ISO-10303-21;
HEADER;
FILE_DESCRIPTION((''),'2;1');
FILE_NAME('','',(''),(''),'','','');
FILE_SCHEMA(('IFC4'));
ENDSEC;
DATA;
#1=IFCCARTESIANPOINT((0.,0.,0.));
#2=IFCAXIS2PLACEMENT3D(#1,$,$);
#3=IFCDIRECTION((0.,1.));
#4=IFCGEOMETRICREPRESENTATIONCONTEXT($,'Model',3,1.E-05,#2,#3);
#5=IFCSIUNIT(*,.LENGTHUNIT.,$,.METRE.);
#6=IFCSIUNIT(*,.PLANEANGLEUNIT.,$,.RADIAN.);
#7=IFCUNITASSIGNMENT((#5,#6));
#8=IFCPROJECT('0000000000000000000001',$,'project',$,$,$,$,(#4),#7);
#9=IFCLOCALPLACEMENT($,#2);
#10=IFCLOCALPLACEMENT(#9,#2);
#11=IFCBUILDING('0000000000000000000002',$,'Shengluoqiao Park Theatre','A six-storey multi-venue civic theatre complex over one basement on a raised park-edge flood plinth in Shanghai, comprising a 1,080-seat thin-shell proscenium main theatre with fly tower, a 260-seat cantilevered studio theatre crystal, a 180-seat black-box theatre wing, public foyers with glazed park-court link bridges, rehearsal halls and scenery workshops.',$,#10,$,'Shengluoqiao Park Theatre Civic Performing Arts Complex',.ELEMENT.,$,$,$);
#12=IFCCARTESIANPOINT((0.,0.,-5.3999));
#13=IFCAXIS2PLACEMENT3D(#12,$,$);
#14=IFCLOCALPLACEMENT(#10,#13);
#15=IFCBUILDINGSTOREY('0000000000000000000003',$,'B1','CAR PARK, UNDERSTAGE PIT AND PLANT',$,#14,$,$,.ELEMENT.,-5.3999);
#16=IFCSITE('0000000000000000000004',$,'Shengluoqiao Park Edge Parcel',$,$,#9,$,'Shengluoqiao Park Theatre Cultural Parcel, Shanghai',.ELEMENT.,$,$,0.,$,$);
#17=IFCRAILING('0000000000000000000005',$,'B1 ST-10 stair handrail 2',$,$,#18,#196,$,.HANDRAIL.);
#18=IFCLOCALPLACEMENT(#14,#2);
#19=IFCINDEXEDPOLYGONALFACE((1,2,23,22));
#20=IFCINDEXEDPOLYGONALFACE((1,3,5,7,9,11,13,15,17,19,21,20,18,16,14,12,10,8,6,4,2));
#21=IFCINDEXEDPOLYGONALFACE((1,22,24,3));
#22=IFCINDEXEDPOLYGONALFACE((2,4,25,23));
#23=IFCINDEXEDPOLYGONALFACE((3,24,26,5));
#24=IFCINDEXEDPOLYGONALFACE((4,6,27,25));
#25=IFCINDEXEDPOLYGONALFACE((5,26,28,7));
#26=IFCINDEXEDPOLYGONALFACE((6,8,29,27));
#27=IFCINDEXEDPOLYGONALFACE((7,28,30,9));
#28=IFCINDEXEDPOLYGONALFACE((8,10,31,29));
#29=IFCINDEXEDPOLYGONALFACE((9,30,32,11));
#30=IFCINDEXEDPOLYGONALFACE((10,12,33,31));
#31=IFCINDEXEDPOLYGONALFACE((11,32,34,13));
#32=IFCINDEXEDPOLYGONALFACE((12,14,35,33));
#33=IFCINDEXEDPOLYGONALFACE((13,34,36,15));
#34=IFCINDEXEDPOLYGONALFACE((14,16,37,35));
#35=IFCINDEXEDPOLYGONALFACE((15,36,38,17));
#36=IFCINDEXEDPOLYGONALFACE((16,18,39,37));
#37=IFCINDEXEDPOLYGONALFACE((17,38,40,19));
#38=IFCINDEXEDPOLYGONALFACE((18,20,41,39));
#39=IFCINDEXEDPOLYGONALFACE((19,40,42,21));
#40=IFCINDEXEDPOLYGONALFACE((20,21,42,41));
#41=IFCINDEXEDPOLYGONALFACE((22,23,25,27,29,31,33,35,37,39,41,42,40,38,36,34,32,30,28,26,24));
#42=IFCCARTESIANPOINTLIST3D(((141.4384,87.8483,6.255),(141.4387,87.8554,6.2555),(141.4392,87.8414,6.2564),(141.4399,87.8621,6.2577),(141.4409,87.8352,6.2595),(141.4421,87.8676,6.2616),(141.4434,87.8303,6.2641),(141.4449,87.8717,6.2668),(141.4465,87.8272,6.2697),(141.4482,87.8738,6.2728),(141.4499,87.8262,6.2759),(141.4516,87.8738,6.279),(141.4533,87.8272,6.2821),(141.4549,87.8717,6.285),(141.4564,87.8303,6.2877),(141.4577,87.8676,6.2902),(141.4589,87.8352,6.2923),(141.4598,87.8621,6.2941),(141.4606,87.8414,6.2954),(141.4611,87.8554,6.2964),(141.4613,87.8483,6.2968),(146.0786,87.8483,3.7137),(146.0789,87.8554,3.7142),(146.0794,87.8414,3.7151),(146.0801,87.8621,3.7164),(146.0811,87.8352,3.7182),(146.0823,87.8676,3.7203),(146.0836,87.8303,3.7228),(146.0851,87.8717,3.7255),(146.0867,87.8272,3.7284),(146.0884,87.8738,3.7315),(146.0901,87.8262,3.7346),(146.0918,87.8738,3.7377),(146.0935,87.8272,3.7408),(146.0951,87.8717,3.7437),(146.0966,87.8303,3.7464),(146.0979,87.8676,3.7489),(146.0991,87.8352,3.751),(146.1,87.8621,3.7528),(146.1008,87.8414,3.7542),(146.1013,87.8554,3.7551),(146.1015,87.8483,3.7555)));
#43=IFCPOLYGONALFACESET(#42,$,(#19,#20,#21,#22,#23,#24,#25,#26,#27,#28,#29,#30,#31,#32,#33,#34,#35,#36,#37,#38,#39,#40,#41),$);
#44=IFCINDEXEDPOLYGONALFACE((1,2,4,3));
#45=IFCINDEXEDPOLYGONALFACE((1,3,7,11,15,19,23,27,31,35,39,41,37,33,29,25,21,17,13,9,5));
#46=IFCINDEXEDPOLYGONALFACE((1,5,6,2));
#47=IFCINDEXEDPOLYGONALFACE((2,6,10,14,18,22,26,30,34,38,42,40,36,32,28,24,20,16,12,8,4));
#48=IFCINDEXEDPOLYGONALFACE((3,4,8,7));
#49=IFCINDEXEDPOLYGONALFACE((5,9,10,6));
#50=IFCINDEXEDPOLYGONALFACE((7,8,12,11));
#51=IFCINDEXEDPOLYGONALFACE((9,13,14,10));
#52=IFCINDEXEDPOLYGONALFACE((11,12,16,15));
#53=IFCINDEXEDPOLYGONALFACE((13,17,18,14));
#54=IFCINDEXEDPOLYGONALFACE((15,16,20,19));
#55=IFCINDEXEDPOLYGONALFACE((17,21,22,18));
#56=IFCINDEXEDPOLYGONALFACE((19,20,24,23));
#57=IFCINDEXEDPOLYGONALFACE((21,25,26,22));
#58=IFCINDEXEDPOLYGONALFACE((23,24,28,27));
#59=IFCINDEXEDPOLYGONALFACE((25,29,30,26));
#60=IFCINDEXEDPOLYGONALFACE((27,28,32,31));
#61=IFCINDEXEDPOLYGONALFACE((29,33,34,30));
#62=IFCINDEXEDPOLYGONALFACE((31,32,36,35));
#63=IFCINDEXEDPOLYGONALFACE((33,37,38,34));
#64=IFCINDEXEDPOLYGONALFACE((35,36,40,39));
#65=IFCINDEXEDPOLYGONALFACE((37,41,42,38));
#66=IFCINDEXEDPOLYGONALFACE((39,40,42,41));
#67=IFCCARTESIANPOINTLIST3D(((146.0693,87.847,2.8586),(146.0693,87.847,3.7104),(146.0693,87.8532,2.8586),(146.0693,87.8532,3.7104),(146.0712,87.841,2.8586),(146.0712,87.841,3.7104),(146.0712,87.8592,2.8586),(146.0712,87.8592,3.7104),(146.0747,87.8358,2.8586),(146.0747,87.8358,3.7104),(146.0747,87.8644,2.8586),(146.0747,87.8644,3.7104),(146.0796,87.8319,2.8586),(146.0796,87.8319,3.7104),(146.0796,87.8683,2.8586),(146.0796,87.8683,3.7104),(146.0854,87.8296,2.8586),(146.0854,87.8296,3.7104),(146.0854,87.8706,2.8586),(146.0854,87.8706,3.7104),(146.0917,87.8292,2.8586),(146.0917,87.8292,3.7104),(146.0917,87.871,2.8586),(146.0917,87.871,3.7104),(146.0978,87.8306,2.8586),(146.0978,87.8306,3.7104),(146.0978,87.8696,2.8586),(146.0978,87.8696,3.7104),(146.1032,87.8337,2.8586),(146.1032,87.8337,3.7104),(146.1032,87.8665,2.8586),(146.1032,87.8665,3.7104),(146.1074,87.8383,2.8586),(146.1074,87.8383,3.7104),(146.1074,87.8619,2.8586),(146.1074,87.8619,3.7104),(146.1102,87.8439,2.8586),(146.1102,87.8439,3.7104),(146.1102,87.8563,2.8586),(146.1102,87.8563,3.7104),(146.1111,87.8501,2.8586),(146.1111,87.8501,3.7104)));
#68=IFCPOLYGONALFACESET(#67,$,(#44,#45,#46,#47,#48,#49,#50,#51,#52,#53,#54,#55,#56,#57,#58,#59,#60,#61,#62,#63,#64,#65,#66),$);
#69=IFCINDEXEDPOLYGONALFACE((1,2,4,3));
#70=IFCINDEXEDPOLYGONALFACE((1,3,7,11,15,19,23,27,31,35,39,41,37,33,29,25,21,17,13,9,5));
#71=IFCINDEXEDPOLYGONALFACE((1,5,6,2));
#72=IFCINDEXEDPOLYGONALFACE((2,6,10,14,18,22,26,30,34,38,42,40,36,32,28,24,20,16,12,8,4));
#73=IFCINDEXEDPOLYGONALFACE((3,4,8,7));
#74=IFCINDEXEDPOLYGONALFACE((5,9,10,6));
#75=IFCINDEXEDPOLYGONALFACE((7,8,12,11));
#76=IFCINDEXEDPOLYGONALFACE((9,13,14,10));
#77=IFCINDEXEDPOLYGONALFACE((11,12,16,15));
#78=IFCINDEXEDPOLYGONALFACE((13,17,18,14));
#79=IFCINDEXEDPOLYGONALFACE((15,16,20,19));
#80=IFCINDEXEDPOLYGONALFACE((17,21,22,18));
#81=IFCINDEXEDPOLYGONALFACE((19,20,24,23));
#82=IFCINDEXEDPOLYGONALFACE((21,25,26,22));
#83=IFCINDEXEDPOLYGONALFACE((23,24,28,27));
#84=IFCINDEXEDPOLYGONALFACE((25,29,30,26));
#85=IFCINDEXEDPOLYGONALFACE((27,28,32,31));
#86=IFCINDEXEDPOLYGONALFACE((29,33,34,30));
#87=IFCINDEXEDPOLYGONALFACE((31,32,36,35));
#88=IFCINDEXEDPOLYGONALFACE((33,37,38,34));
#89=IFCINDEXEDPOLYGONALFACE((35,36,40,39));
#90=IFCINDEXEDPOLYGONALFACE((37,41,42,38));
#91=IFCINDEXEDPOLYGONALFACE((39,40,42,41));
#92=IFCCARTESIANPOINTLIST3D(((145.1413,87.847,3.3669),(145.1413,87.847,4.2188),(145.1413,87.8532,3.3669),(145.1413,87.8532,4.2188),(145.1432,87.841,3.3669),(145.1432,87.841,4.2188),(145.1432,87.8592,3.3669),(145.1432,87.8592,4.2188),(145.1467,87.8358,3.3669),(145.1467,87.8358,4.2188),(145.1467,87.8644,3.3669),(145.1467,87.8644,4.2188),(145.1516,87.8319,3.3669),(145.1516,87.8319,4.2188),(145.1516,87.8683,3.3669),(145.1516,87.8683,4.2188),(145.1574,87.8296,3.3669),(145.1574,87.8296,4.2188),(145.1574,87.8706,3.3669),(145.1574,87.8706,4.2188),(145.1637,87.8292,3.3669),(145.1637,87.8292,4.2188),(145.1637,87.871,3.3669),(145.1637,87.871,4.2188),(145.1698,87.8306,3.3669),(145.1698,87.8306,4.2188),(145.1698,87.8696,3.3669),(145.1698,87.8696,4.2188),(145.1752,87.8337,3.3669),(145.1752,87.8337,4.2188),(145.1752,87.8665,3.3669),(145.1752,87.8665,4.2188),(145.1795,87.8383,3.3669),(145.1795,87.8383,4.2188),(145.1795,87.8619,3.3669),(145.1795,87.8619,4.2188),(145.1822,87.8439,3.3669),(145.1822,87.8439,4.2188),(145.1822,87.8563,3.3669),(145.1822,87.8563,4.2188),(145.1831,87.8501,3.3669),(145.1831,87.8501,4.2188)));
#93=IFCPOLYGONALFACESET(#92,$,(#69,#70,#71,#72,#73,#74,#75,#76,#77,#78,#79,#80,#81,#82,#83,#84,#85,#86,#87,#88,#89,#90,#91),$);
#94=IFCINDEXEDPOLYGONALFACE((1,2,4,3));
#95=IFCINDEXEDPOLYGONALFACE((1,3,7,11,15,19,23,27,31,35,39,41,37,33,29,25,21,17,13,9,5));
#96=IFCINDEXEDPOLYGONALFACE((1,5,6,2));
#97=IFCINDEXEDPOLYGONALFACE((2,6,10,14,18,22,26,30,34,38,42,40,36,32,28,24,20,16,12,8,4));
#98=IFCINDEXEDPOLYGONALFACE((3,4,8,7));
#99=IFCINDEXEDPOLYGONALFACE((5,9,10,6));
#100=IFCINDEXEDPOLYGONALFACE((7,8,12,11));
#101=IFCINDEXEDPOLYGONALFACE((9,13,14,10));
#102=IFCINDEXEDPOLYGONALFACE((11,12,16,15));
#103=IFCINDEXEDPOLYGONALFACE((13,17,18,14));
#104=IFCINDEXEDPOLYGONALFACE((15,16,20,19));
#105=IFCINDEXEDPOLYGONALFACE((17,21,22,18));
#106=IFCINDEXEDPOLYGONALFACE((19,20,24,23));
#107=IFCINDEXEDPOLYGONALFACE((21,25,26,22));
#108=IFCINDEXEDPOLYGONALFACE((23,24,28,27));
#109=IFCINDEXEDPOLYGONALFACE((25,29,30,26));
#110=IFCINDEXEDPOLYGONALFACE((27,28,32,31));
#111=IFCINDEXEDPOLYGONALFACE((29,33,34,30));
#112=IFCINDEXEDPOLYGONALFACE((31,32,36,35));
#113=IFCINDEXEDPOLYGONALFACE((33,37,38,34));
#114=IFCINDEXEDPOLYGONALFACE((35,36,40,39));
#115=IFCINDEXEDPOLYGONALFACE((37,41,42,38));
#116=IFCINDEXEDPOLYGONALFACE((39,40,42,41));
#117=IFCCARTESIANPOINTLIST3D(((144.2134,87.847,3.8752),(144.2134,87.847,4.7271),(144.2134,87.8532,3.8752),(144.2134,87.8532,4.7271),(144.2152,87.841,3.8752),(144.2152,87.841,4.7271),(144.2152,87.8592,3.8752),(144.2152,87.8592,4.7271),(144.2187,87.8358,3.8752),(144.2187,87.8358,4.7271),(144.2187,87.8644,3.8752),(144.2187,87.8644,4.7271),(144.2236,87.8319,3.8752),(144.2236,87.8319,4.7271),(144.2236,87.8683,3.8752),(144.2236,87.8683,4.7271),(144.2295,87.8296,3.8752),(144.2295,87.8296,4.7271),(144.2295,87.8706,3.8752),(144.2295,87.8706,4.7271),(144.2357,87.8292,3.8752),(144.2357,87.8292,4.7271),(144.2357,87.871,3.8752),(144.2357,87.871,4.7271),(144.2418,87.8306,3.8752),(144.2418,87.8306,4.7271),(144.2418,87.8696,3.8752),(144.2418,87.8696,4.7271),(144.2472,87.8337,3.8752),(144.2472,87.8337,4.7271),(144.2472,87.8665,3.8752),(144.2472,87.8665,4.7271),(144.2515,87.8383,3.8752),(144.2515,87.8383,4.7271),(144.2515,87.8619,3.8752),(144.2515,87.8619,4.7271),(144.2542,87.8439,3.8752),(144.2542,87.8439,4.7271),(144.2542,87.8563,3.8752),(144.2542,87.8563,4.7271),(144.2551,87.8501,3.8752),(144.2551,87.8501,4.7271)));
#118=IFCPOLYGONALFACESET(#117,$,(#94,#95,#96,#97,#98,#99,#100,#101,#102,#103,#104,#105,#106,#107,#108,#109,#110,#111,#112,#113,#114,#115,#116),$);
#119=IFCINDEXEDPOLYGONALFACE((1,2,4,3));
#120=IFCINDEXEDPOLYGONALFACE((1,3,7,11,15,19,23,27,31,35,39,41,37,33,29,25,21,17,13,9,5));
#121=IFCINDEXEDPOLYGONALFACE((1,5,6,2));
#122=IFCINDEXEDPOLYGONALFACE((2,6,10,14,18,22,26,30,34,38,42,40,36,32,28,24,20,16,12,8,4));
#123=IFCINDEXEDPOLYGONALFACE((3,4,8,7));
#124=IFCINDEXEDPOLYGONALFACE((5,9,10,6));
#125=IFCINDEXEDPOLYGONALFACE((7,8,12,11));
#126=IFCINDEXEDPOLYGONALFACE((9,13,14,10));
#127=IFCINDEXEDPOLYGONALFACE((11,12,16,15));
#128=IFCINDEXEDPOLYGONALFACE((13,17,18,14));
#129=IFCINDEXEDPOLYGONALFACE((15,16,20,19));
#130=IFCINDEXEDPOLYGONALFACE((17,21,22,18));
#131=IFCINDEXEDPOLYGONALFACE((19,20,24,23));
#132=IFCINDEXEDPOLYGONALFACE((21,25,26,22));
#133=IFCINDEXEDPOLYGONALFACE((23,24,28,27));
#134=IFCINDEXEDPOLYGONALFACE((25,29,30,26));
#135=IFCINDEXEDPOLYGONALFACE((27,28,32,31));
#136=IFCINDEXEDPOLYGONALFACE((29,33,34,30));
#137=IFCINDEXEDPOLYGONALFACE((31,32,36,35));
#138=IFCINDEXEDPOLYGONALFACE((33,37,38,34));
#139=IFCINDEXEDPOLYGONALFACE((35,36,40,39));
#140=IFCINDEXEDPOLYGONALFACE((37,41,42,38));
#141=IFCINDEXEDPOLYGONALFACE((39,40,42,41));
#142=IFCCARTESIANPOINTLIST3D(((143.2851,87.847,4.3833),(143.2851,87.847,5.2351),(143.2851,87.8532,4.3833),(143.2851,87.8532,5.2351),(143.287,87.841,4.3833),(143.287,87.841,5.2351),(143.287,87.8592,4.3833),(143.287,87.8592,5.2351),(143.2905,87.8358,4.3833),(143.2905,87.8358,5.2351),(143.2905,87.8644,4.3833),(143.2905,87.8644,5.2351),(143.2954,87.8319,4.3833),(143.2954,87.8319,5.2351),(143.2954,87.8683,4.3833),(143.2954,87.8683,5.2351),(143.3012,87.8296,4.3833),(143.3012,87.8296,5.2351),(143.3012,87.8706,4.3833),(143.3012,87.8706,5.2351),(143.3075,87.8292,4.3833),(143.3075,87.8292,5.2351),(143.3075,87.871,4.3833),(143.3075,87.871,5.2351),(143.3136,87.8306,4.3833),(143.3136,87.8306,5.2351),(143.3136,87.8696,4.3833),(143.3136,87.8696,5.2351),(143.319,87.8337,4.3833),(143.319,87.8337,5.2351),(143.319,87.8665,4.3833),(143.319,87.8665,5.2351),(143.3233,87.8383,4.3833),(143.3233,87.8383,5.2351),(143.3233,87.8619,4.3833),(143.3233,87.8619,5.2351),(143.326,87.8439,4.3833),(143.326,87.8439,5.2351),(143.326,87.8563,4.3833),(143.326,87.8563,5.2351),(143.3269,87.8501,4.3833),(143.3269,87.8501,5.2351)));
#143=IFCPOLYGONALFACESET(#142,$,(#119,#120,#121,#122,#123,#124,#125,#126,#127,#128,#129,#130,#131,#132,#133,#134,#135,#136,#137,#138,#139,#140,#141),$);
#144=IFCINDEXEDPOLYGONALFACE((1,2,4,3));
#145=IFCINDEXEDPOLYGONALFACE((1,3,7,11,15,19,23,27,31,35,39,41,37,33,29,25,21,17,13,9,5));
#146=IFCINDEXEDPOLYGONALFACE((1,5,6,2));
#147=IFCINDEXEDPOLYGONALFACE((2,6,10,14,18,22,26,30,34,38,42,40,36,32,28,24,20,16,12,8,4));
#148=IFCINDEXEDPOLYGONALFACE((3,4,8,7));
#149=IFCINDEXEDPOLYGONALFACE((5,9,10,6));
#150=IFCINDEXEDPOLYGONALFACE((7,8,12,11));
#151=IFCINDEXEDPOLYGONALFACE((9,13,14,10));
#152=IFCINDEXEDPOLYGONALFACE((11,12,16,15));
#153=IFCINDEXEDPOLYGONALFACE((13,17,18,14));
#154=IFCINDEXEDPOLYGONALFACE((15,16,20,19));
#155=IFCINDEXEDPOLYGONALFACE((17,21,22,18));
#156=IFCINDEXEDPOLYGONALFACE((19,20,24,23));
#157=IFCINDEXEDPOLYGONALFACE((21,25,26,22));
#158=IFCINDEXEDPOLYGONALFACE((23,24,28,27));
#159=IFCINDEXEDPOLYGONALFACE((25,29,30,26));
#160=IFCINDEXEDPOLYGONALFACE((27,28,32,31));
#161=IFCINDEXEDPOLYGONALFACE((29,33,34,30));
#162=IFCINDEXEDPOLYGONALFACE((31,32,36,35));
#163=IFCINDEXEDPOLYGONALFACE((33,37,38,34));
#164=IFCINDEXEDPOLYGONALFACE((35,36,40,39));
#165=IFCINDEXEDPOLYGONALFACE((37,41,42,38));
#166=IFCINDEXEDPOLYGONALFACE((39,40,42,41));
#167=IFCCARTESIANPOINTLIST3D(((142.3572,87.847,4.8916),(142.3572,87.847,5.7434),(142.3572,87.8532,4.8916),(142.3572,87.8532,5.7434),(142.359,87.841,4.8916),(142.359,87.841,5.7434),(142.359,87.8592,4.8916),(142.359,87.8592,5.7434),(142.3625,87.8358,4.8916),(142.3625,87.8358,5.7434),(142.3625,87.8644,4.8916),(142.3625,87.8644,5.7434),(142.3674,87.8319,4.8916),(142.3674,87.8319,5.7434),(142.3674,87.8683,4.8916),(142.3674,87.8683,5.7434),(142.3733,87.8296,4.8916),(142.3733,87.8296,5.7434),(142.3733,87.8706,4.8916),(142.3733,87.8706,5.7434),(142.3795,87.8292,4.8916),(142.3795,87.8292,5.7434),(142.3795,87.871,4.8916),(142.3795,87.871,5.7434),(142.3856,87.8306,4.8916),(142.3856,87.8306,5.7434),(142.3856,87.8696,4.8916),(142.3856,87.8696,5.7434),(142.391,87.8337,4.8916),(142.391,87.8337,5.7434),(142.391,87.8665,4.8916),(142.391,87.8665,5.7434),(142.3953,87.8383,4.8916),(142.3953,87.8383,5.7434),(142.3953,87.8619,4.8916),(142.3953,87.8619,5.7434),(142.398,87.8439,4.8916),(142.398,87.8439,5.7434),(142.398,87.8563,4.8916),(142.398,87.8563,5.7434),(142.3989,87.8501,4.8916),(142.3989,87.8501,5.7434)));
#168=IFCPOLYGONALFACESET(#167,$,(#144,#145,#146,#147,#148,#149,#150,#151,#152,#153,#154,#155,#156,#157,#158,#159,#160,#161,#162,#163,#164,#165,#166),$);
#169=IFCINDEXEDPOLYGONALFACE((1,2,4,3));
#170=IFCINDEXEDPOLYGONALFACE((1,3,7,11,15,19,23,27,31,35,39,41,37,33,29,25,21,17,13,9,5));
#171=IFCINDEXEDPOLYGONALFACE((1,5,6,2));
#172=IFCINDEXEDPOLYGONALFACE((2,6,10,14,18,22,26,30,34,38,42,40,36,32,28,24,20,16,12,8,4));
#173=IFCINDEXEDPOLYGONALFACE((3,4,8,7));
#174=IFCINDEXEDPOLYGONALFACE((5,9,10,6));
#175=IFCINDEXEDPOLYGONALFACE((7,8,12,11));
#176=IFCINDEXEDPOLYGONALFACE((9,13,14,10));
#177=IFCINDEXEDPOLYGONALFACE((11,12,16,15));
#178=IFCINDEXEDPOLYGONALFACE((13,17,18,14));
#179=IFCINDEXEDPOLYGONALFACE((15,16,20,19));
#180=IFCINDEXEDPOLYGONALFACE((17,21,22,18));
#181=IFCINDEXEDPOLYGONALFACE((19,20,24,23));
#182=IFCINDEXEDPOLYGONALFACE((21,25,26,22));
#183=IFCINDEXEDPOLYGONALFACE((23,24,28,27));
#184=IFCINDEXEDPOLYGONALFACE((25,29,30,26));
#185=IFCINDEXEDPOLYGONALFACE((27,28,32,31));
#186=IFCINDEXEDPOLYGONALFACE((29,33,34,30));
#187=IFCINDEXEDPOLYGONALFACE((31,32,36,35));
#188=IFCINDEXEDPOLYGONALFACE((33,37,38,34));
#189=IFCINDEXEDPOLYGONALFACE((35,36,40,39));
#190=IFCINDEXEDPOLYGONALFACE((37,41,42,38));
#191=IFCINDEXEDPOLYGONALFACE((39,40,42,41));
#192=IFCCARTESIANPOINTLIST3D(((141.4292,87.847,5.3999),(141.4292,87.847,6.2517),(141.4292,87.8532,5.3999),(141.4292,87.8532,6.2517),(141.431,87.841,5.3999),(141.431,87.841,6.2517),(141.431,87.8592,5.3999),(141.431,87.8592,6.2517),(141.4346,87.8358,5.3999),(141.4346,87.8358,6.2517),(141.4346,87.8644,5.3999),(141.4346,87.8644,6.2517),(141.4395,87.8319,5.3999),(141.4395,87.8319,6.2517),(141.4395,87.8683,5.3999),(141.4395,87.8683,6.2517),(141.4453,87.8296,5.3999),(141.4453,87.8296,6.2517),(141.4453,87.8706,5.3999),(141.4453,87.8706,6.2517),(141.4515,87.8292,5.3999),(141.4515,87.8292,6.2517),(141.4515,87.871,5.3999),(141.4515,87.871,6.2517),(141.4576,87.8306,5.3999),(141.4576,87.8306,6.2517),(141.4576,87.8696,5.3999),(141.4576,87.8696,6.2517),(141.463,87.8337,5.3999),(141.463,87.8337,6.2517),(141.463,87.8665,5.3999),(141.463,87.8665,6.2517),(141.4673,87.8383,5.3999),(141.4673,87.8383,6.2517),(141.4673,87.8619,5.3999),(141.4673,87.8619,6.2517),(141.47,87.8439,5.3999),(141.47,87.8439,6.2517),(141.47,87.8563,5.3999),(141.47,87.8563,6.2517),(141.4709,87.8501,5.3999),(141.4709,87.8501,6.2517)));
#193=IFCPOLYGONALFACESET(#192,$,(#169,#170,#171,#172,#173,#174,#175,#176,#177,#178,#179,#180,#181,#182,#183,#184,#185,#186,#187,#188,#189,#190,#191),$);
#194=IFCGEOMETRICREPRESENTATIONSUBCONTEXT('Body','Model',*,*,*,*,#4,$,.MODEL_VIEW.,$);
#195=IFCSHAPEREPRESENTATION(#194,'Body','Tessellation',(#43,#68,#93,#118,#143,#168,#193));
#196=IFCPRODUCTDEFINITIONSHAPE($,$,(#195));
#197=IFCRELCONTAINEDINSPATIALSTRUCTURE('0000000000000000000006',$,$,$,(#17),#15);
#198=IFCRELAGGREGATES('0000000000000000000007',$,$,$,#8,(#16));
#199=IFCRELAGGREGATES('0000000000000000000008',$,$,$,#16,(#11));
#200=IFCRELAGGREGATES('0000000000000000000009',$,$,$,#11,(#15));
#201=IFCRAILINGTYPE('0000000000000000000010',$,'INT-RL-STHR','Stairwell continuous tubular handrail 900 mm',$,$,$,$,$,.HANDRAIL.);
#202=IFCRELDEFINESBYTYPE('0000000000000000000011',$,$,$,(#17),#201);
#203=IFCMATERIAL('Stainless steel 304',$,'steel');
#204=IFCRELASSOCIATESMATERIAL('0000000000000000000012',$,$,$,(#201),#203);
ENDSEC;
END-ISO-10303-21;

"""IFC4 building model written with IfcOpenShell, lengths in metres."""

from ifc_helpers import new_model, si_unit, direction, frame, origin, origin_2d, place, context, subcontext, project, spatial, circle, extrude, material, type_object, element, save


model = new_model("IFC4")

# Units and contexts
model_context = context("Model", 3, precision=1e-05, world=origin(), true_north=direction((0.0, 1.0)))
body_context = subcontext(model_context, "Body", "Model", "MODEL_VIEW")
ifc_project = project(units=[si_unit("LENGTHUNIT", "METRE"), si_unit("PLANEANGLEUNIT", "RADIAN")], contexts=[model_context])

# Site, building, storey
site_placement = place(None, origin())
site = spatial("IfcSite", under=ifc_project, at=site_placement, Name="Shengluoqiao Park Edge Parcel", LongName="Shengluoqiao Park Theatre Cultural Parcel, Shanghai", CompositionType="ELEMENT", RefElevation=0.0)
building_placement = place(site_placement, origin())
building = spatial("IfcBuilding", under=site, at=building_placement, Name="Shengluoqiao Park Theatre", Description="A six-storey multi-venue civic theatre complex over one basement on a raised park-edge flood plinth in Shanghai, comprising a 1,080-seat thin-shell proscenium main theatre with fly tower, a 260-seat cantilevered studio theatre crystal, a 180-seat black-box theatre wing, public foyers with glazed park-court link bridges, rehearsal halls and scenery workshops.", LongName="Shengluoqiao Park Theatre Civic Performing Arts Complex", CompositionType="ELEMENT")
storey_placement = place(building_placement, frame((0.0, 0.0, -5.3999)))
storey = spatial("IfcBuildingStorey", under=building, at=storey_placement, Name="B1", Description="CAR PARK, UNDERSTAGE PIT AND PLANT", CompositionType="ELEMENT", Elevation=-5.3999)

# Railing
ifc_material_1 = material(Name="Stainless steel 304", Category="steel")
railing_type_1 = type_object("IfcRailingType", Name="INT-RL-STHR", Description="Stairwell continuous tubular handrail 900 mm", PredefinedType="HANDRAIL", material=ifc_material_1)
railing_1_placement = place(storey_placement, frame((146.0901, 87.8501, 2.8586)))
element("IfcRailing", 1, at=railing_1_placement, inside=storey, type_object=railing_type_1, Name="B1 ST-10 stair handrail 2", PredefinedType="HANDRAIL", context=body_context, shape_type="SweptSolid", body=[
    extrude(circle(Radius=0.0239, at=origin_2d()), frame((0.0, 0.0, 0.876), z_axis=(-0.877078, 0.0, 0.480348), x_axis=(0.0, -1.0, 0.0)), (0.0, 0.0, 1.0), 5.2905),
    extrude(circle(Radius=0.021, at=origin_2d()), origin(), (0.0, 0.0, 1.0), 0.8518),
    extrude(circle(Radius=0.021, at=origin_2d()), frame((-0.928, 0.0, 0.5083)), (0.0, 0.0, 1.0), 0.8518),
    extrude(circle(Radius=0.021, at=origin_2d()), frame((-1.856, 0.0, 1.0166)), (0.0, 0.0, 1.0), 0.8518),
    extrude(circle(Radius=0.021, at=origin_2d()), frame((-2.7842, 0.0, 1.5247)), (0.0, 0.0, 1.0), 0.8518),
    extrude(circle(Radius=0.021, at=origin_2d()), frame((-3.7122, 0.0, 2.033)), (0.0, 0.0, 1.0), 0.8518),
    extrude(circle(Radius=0.021, at=origin_2d()), frame((-4.6401, 0.0, 2.5413)), (0.0, 0.0, 1.0), 0.8518),
])

save(model, "model.ifc")
